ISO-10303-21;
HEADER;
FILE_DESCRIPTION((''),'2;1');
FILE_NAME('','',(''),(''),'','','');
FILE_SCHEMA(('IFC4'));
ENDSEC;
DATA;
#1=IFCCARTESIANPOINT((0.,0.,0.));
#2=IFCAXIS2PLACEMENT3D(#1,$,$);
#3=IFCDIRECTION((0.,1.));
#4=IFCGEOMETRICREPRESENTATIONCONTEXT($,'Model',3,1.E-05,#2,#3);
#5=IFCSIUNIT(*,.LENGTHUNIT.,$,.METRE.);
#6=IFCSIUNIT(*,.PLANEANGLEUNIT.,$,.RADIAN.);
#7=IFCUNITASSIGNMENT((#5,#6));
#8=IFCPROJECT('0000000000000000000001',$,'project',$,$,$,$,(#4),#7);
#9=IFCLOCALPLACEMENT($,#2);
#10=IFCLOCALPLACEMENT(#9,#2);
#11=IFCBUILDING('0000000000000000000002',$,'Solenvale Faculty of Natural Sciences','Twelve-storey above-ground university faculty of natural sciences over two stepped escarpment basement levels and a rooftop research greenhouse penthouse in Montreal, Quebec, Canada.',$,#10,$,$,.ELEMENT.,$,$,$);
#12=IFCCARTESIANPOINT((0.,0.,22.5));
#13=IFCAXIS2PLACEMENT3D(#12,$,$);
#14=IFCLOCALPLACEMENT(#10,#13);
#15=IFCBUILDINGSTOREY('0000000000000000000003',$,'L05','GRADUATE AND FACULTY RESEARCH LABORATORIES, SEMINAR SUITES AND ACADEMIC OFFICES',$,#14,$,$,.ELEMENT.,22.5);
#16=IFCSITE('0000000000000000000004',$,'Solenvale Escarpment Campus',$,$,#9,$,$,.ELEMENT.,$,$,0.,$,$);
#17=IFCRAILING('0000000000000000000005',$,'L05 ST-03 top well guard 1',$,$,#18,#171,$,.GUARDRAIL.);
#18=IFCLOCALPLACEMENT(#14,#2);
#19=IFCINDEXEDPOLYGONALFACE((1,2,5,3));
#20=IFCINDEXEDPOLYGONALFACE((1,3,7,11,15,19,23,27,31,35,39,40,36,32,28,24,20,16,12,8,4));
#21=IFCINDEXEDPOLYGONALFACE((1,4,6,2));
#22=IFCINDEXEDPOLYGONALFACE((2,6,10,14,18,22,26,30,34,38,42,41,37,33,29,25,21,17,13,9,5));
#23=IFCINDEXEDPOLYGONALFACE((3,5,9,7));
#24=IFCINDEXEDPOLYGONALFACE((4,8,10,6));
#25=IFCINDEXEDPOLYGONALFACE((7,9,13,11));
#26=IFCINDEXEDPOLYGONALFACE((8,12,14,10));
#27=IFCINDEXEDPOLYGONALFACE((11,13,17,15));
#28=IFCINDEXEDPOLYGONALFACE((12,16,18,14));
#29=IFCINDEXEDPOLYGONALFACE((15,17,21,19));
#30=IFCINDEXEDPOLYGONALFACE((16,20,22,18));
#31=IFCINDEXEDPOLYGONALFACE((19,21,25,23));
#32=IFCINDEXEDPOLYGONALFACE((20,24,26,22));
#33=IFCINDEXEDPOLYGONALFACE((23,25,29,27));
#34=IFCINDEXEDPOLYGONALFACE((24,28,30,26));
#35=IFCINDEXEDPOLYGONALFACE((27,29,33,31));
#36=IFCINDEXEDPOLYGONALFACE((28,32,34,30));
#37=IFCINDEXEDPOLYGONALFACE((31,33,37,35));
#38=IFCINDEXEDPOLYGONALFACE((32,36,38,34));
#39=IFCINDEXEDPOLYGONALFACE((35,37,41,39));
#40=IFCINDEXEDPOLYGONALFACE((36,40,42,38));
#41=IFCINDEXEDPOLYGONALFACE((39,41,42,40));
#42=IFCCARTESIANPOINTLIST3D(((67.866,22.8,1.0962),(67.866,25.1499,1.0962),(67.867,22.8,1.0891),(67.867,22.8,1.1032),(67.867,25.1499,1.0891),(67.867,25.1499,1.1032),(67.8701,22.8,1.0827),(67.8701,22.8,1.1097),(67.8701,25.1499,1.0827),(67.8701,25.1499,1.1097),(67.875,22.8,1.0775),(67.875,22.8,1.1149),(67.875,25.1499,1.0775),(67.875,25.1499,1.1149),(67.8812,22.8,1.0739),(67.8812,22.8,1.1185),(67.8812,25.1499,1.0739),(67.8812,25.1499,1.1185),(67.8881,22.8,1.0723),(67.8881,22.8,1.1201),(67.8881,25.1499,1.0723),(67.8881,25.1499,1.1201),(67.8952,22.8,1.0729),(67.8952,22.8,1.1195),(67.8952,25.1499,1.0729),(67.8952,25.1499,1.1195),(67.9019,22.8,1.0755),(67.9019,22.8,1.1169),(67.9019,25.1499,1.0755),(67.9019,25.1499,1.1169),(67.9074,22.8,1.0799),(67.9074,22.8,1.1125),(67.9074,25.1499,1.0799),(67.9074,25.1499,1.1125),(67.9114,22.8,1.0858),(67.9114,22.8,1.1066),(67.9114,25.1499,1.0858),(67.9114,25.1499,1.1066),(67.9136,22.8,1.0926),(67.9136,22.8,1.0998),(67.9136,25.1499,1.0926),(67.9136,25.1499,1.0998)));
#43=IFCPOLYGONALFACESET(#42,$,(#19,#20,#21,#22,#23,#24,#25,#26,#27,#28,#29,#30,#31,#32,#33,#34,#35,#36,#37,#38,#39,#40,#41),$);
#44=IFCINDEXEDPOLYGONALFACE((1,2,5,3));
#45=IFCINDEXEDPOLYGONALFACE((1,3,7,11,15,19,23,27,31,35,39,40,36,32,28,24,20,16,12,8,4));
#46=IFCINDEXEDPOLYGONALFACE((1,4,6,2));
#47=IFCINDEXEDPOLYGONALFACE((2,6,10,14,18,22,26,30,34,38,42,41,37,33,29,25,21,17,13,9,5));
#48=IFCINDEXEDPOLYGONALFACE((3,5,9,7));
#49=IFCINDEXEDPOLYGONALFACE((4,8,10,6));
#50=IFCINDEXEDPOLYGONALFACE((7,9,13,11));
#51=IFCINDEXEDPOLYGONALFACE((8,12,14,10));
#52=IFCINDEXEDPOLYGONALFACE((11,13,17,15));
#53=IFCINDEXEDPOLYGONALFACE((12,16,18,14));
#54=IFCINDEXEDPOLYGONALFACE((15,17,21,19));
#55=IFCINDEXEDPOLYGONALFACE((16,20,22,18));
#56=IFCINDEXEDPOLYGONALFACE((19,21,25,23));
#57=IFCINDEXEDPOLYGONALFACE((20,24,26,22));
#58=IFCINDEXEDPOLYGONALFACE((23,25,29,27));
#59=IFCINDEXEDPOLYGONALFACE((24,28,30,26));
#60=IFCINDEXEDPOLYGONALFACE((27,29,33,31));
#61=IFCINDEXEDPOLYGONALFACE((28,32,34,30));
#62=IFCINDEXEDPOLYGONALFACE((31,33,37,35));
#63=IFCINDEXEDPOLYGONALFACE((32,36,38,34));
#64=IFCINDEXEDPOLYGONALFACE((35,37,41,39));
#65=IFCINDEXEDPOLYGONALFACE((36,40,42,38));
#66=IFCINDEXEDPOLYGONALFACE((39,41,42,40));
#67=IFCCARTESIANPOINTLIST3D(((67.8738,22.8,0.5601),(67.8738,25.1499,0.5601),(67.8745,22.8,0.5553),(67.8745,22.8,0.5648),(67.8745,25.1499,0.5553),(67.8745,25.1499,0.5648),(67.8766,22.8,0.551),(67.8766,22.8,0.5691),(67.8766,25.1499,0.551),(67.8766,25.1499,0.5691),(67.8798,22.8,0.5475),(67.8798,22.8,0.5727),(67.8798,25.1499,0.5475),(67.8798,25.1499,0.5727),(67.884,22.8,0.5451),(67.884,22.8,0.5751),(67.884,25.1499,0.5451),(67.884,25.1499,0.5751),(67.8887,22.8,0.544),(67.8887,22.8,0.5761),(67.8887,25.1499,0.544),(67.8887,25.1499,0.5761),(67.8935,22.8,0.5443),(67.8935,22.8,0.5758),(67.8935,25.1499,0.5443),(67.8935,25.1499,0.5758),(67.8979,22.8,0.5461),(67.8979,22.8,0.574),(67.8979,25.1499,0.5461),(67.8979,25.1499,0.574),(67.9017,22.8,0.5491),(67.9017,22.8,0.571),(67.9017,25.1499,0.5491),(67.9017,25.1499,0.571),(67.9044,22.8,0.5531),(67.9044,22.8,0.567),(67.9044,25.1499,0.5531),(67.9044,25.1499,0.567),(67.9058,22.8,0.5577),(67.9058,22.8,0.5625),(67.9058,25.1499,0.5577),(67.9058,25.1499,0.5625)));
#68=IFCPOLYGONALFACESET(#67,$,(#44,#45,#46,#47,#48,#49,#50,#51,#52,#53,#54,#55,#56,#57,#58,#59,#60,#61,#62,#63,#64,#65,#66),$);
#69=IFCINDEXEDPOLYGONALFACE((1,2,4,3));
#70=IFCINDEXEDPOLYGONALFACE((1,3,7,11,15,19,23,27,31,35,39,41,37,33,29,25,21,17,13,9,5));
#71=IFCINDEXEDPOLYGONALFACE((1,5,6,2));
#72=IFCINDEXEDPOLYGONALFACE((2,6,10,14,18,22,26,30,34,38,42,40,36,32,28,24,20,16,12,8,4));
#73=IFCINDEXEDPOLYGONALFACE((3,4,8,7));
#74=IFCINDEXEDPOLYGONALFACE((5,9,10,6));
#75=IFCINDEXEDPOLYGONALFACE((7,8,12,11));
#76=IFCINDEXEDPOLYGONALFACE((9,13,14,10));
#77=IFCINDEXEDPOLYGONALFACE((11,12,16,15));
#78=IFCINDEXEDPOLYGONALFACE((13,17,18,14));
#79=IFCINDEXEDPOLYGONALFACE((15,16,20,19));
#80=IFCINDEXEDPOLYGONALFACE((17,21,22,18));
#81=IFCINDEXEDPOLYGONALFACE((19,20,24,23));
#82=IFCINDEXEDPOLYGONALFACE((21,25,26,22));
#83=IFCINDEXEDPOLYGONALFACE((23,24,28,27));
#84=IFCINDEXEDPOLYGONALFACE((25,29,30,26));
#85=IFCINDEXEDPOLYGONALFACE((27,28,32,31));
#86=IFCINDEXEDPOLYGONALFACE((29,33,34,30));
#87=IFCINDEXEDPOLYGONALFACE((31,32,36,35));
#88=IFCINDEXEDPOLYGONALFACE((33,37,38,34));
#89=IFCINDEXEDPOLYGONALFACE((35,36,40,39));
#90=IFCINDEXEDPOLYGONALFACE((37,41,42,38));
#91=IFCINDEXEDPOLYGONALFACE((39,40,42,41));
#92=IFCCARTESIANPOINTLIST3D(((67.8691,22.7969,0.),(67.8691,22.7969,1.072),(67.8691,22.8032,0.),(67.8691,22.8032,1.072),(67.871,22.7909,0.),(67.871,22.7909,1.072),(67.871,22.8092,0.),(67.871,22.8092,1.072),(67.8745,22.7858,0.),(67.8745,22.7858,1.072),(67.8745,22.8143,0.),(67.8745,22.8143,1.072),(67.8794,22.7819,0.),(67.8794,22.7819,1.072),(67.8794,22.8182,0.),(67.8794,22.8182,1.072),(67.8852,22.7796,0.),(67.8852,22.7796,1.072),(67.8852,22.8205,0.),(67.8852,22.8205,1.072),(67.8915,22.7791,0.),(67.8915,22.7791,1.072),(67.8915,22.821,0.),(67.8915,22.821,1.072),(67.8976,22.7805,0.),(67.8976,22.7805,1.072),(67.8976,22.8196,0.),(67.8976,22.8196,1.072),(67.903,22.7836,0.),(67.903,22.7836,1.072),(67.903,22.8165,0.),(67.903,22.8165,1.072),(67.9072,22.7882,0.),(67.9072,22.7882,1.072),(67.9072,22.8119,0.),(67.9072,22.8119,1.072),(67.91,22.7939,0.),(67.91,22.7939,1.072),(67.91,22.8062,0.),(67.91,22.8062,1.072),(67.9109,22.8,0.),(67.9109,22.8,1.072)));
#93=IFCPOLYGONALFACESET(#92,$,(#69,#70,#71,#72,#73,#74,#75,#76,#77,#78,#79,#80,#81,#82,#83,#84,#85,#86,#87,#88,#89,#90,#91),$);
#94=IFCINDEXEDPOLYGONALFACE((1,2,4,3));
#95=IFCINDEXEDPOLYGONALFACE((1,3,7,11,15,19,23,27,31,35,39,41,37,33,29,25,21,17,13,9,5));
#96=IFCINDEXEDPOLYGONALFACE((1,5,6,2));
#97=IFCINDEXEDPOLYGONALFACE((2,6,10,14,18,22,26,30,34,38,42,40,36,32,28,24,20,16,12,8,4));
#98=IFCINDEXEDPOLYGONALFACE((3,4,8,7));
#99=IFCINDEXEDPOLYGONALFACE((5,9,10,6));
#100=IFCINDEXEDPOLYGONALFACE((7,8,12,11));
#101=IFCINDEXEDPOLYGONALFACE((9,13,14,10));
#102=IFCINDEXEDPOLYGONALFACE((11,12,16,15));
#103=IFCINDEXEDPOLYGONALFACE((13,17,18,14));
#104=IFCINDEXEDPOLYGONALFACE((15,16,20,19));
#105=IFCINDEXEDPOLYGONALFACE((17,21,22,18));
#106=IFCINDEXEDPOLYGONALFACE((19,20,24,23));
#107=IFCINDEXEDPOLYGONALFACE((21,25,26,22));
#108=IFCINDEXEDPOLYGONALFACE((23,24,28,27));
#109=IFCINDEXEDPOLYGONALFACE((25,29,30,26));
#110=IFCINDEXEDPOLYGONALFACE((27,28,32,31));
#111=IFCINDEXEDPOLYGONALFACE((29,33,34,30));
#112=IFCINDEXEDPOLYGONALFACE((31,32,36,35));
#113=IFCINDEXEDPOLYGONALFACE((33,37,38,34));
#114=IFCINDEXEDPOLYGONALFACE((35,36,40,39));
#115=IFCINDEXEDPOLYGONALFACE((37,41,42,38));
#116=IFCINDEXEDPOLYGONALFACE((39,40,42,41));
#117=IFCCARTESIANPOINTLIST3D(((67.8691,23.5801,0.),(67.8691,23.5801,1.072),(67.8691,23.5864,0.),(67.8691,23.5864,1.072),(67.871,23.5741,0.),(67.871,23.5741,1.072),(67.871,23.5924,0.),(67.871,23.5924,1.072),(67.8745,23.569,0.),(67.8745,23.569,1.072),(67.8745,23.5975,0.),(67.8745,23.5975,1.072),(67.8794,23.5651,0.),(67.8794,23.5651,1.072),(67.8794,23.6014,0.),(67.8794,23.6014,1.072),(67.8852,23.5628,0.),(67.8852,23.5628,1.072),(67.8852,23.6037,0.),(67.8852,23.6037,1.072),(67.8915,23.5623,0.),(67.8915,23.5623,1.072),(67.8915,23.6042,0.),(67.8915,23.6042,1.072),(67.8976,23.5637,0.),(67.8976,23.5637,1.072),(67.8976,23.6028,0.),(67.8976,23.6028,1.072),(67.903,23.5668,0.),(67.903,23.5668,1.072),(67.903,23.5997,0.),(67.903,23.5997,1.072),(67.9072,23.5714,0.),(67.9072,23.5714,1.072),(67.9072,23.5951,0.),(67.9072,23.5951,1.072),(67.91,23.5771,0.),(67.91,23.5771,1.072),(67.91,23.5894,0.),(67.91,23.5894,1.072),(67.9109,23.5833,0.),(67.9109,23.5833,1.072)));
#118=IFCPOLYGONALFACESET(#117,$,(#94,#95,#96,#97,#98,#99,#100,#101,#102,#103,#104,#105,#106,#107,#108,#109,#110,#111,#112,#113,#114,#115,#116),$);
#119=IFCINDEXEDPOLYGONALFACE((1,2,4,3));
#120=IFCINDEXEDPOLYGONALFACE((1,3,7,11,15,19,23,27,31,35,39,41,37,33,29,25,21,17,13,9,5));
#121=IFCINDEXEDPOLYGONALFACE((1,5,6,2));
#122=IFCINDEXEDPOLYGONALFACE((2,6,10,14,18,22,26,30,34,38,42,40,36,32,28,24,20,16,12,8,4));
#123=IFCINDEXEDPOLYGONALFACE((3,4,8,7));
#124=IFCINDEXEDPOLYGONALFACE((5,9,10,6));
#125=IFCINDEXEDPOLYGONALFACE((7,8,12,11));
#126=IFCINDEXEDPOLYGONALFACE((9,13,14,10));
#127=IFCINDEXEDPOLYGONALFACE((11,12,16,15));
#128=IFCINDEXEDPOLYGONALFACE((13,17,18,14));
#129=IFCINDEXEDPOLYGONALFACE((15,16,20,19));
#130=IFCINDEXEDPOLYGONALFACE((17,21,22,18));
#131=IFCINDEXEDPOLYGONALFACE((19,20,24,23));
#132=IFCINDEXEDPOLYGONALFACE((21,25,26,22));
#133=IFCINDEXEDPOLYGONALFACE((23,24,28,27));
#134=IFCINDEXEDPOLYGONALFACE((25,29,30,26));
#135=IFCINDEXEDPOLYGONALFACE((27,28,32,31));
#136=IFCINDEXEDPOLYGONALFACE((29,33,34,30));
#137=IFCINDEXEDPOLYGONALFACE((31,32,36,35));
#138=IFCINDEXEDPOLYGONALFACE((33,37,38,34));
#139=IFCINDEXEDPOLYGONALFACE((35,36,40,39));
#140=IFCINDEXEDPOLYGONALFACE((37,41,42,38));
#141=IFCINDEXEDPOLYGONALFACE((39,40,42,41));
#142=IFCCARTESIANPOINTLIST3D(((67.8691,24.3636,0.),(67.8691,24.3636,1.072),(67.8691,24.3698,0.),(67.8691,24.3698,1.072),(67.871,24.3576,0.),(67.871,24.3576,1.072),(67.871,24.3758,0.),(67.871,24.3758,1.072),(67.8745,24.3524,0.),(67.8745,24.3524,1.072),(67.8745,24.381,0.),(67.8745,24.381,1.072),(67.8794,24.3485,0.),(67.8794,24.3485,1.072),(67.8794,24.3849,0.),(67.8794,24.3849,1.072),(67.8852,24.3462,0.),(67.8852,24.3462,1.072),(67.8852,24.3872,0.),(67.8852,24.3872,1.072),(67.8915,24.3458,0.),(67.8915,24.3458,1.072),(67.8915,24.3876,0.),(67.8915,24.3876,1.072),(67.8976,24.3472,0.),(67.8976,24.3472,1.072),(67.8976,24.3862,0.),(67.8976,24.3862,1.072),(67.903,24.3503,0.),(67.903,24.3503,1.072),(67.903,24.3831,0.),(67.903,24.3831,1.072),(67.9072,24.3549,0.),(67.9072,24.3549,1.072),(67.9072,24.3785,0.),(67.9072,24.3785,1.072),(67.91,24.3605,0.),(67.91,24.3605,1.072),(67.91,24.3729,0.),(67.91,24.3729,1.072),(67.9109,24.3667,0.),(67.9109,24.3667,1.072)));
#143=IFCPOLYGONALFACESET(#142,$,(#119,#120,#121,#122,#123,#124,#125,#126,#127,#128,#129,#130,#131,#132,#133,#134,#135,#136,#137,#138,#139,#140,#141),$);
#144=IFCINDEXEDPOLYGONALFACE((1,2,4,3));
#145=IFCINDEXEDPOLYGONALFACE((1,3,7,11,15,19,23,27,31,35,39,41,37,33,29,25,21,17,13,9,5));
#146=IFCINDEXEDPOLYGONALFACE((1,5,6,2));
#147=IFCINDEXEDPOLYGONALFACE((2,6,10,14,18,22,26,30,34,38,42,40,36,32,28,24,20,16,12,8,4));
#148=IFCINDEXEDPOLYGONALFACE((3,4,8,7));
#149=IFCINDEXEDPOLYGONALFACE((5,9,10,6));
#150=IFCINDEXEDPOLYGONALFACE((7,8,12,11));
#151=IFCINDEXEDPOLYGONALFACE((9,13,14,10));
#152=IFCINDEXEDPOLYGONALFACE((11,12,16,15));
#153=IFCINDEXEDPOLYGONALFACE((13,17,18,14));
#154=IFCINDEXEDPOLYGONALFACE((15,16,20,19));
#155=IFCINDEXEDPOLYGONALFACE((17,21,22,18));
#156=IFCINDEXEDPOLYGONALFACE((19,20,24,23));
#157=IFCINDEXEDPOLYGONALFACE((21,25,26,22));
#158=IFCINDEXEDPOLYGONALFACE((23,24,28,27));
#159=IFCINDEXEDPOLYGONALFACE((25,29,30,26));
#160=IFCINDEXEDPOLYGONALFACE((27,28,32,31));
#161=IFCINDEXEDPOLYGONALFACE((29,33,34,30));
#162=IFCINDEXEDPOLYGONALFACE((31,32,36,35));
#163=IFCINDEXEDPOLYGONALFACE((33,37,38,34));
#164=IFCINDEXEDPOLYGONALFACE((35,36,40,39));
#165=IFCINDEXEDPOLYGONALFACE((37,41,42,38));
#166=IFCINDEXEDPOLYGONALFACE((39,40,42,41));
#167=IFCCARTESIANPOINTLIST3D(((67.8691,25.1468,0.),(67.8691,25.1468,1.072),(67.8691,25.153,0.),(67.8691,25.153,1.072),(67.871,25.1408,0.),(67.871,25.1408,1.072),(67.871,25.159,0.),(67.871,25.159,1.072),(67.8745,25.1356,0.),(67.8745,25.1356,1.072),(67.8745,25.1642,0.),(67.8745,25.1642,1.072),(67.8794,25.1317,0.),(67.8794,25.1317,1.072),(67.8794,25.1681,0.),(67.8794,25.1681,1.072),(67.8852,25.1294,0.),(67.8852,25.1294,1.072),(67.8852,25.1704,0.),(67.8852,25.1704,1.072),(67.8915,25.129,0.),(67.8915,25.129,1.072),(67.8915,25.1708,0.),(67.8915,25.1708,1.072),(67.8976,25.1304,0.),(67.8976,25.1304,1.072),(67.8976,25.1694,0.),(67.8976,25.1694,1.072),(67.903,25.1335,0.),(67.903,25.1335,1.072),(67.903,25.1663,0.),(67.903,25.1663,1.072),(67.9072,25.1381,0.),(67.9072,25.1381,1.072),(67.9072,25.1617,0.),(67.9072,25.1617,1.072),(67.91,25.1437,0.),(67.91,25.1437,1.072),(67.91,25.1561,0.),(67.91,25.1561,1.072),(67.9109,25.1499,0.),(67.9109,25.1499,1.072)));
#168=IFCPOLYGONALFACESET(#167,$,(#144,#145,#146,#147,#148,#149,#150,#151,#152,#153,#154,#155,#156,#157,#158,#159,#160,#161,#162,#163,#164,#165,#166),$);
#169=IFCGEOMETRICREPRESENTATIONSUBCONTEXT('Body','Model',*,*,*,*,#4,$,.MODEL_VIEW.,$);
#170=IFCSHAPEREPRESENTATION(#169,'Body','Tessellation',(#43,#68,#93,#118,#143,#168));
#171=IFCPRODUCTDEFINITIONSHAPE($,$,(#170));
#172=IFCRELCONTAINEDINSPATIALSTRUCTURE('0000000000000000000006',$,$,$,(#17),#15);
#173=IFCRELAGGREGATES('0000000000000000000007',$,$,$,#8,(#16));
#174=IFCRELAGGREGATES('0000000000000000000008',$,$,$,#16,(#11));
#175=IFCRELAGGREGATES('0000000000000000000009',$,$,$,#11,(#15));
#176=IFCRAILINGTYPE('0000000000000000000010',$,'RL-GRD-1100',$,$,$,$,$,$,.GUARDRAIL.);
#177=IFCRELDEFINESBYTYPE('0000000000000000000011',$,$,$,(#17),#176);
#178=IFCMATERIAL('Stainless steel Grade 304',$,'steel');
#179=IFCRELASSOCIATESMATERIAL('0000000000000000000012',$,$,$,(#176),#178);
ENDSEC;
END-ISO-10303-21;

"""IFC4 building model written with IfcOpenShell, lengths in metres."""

from ifc_helpers import new_model, si_unit, direction, frame, origin, origin_2d, place, context, subcontext, project, spatial, circle, extrude, material, type_object, element, save


model = new_model("IFC4")

# Units and contexts
model_context = context("Model", 3, precision=1e-05, world=origin(), true_north=direction((0.0, 1.0)))
body_context = subcontext(model_context, "Body", "Model", "MODEL_VIEW")
ifc_project = project(units=[si_unit("LENGTHUNIT", "METRE"), si_unit("PLANEANGLEUNIT", "RADIAN")], contexts=[model_context])

# Site, building, storey
site_placement = place(None, origin())
site = spatial("IfcSite", under=ifc_project, at=site_placement, Name="Solenvale Escarpment Campus", CompositionType="ELEMENT", RefElevation=0.0)
building_placement = place(site_placement, origin())
building = spatial("IfcBuilding", under=site, at=building_placement, Name="Solenvale Faculty of Natural Sciences", Description="Twelve-storey above-ground university faculty of natural sciences over two stepped escarpment basement levels and a rooftop research greenhouse penthouse in Montreal, Quebec, Canada.", CompositionType="ELEMENT")
storey_placement = place(building_placement, frame((0.0, 0.0, 22.5)))
storey = spatial("IfcBuildingStorey", under=building, at=storey_placement, Name="L05", Description="GRADUATE AND FACULTY RESEARCH LABORATORIES, SEMINAR SUITES AND ACADEMIC OFFICES", CompositionType="ELEMENT", Elevation=22.5)

# Railing
ifc_material_1 = material(Name="Stainless steel Grade 304", Category="steel")
railing_type = type_object("IfcRailingType", Name="RL-GRD-1100", PredefinedType="GUARDRAIL", material=ifc_material_1)
railing_placement = place(storey_placement, frame((67.8899, 22.8, 0.0)))
element("IfcRailing", 1, at=railing_placement, inside=storey, type_object=railing_type, Name="L05 ST-03 top well guard 1", PredefinedType="GUARDRAIL", context=body_context, shape_type="SweptSolid", body=[
    extrude(circle(Radius=0.0239, at=origin_2d()), frame((0.0, 0.0, 1.0962), z_axis=(0.0, 1.0, 0.0), x_axis=(-1.0, 0.0, 0.0)), (0.0, 0.0, 1.0), 2.3499),
    extrude(circle(Radius=0.0161, at=origin_2d()), frame((0.0, 0.0, 0.5601), z_axis=(0.0, 1.0, 0.0), x_axis=(-1.0, 0.0, 0.0)), (0.0, 0.0, 1.0), 2.3499),
    extrude(circle(Radius=0.021, at=origin_2d()), origin(), (0.0, 0.0, 1.0), 1.072),
    extrude(circle(Radius=0.021, at=origin_2d()), frame((0.0, 0.7832, 0.0)), (0.0, 0.0, 1.0), 1.072),
    extrude(circle(Radius=0.021, at=origin_2d()), frame((0.0, 1.5667, 0.0)), (0.0, 0.0, 1.0), 1.072),
    extrude(circle(Radius=0.021, at=origin_2d()), frame((0.0, 2.3499, 0.0)), (0.0, 0.0, 1.0), 1.072),
])

save(model, "model.ifc")
